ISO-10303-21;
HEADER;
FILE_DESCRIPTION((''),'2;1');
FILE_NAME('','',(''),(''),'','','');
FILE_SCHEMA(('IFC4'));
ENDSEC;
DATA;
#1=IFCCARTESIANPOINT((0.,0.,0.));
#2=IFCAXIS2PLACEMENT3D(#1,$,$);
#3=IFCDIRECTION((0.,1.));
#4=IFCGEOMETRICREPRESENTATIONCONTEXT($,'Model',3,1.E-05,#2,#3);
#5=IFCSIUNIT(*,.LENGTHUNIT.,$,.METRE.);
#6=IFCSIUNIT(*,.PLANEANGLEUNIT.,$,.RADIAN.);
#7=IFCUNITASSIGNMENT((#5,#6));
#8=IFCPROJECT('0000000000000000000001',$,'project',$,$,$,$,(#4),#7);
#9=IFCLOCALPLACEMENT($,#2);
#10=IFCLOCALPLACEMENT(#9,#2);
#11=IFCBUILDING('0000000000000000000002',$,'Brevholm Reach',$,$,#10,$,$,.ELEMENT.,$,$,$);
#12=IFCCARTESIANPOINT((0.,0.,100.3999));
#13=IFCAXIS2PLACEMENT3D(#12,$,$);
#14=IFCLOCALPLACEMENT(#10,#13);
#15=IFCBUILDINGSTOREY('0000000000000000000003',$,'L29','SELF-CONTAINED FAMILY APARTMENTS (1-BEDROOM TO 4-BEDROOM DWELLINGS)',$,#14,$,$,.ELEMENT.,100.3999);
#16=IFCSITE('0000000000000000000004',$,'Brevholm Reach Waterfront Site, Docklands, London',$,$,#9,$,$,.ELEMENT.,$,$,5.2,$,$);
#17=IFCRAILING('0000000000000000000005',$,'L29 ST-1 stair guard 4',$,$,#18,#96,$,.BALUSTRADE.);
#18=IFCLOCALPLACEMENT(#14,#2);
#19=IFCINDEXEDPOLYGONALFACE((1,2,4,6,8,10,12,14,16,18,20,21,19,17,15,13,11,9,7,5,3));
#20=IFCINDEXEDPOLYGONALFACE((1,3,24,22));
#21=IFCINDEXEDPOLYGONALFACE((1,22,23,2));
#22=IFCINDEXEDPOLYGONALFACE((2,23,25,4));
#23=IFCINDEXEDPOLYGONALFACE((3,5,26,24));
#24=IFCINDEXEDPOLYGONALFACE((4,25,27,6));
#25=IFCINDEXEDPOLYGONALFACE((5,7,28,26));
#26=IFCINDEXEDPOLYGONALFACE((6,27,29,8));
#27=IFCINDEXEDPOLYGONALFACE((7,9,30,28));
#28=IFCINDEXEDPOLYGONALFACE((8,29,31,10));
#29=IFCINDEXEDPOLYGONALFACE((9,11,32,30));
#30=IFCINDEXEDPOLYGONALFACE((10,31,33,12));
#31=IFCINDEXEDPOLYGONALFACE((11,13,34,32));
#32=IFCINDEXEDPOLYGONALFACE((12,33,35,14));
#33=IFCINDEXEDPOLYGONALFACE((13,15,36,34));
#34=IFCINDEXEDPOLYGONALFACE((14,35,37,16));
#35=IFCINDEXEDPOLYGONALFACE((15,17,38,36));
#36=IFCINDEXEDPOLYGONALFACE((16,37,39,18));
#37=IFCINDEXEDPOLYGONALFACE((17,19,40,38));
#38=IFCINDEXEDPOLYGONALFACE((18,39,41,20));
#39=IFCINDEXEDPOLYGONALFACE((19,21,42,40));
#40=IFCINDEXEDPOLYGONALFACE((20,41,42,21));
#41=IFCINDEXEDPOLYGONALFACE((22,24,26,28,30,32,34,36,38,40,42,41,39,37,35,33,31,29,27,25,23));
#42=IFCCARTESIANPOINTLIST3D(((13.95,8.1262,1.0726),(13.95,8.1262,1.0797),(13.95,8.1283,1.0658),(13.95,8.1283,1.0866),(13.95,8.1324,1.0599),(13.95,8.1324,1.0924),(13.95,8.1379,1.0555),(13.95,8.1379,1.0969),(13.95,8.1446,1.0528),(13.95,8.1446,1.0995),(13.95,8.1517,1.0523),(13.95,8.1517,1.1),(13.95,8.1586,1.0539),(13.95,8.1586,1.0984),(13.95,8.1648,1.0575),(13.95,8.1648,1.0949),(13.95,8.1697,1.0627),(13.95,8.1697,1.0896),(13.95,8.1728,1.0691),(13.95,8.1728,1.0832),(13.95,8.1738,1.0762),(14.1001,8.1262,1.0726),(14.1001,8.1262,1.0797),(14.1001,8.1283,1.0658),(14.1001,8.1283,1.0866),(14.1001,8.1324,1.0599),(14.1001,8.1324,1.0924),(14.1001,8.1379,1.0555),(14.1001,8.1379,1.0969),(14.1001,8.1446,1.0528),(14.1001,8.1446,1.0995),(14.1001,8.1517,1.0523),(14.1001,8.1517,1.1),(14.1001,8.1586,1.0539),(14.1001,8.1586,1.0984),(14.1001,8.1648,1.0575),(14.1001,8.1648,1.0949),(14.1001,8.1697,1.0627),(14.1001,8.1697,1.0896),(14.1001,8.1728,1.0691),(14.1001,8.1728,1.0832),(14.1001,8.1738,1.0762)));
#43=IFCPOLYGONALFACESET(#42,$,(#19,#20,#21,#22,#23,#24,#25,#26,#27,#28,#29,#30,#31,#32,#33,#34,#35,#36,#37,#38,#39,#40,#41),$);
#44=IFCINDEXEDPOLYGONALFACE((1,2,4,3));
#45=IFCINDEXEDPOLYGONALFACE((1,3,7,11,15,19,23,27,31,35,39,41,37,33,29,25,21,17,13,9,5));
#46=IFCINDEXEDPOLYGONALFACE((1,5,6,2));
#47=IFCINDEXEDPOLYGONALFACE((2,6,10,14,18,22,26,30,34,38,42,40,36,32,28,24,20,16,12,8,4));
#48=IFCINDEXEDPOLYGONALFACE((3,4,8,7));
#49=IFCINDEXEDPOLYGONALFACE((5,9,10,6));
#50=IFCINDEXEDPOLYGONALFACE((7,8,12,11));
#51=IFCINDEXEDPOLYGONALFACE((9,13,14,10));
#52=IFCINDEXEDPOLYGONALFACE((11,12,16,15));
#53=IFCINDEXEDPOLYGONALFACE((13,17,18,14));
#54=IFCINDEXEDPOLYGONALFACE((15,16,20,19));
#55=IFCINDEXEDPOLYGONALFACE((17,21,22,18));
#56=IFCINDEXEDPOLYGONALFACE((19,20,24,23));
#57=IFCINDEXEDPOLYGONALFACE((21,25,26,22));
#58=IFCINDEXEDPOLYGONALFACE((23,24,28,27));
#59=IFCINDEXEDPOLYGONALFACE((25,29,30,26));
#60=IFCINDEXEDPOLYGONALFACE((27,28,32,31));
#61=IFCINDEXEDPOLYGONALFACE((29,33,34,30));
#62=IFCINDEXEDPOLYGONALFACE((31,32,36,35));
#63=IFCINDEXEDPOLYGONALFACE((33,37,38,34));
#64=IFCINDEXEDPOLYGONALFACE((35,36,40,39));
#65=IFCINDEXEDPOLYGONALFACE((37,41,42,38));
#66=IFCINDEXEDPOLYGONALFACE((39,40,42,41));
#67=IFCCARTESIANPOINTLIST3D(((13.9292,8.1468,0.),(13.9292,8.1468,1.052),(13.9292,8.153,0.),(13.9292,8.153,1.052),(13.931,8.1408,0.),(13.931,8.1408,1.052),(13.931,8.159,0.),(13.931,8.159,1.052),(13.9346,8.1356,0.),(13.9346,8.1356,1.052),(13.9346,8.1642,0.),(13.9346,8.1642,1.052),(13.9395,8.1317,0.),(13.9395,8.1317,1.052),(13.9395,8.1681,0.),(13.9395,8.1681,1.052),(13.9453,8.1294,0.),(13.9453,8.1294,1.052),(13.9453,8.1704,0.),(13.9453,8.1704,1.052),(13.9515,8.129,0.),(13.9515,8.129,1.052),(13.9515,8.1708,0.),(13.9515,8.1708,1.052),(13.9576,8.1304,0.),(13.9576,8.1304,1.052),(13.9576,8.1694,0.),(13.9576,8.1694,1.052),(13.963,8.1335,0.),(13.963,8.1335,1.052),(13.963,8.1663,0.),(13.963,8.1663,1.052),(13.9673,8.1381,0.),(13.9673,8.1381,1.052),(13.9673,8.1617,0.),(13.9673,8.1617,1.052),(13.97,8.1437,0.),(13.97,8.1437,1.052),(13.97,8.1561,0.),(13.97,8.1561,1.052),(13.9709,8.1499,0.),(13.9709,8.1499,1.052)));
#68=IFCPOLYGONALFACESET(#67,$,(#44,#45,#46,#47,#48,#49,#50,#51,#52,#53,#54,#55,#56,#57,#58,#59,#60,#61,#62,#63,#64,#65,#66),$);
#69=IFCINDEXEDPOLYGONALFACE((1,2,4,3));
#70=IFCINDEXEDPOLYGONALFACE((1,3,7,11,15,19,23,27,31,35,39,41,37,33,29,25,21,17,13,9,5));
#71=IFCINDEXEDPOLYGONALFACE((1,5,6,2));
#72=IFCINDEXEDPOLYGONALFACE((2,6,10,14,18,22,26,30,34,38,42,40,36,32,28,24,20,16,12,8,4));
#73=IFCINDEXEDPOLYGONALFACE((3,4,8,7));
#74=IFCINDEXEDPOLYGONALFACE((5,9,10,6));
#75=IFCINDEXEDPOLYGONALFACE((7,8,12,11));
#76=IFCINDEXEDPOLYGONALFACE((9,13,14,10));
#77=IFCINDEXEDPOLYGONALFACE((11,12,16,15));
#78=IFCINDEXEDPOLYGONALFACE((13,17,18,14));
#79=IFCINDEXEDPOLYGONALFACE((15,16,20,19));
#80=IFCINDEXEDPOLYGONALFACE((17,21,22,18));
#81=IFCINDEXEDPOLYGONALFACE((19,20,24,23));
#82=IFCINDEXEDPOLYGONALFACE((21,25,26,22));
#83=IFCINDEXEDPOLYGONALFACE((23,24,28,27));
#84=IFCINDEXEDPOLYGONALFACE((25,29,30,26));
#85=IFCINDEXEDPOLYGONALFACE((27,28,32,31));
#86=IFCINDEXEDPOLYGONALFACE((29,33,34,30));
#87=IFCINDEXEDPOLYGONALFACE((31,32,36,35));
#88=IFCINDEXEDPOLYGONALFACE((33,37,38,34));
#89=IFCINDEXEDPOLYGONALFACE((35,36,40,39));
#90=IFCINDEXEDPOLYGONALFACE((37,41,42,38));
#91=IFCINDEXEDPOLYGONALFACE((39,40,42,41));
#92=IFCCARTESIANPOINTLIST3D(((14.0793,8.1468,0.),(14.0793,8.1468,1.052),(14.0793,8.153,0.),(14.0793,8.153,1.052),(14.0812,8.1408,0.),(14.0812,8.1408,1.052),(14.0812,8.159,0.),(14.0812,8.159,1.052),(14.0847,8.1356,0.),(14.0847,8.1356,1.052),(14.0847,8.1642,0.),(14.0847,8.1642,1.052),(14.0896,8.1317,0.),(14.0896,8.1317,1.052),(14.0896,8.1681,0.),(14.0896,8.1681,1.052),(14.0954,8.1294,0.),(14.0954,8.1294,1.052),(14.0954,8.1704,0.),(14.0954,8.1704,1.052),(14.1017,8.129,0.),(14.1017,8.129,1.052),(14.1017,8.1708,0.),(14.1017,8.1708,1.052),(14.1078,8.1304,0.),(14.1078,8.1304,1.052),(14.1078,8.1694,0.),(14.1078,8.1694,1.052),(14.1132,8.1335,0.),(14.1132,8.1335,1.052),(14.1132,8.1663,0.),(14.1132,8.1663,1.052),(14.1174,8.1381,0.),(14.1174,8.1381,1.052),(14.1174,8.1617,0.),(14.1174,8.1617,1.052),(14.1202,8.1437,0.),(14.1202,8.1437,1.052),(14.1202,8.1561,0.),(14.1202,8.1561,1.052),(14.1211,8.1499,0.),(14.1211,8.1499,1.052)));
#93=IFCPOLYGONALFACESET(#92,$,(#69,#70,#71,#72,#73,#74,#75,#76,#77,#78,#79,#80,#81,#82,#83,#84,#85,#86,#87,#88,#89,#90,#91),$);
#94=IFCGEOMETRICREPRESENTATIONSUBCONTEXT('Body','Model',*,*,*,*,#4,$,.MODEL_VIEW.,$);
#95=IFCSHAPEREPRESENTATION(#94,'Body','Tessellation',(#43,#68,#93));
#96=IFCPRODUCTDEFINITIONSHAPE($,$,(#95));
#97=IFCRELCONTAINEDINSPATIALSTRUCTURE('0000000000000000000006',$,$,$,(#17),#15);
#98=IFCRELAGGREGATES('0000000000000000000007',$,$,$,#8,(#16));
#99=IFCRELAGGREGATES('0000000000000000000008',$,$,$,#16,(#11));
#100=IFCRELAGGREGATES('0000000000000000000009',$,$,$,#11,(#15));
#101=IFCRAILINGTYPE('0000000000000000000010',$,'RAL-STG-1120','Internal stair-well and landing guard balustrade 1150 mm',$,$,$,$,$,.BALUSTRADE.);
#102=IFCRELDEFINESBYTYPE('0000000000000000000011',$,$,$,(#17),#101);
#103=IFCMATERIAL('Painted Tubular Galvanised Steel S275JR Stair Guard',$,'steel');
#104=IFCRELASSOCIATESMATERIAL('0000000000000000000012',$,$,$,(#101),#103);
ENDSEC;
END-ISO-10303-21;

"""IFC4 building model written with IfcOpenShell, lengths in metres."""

from ifc_helpers import new_model, si_unit, direction, frame, origin, origin_2d, place, context, subcontext, project, spatial, circle, extrude, material, type_object, element, save


model = new_model("IFC4")

# Units and contexts
model_context = context("Model", 3, precision=1e-05, world=origin(), true_north=direction((0.0, 1.0)))
body_context = subcontext(model_context, "Body", "Model", "MODEL_VIEW")
ifc_project = project(units=[si_unit("LENGTHUNIT", "METRE"), si_unit("PLANEANGLEUNIT", "RADIAN")], contexts=[model_context])

# Site, building, storey
site_placement = place(None, origin())
site = spatial("IfcSite", under=ifc_project, at=site_placement, Name="Brevholm Reach Waterfront Site, Docklands, London", CompositionType="ELEMENT", RefElevation=5.2)
building_placement = place(site_placement, origin())
building = spatial("IfcBuilding", under=site, at=building_placement, Name="Brevholm Reach", CompositionType="ELEMENT")
storey_placement = place(building_placement, frame((0.0, 0.0, 100.3999)))
storey = spatial("IfcBuildingStorey", under=building, at=storey_placement, Name="L29", Description="SELF-CONTAINED FAMILY APARTMENTS (1-BEDROOM TO 4-BEDROOM DWELLINGS)", CompositionType="ELEMENT", Elevation=100.3999)

# Railing
ifc_material_1 = material(Name="Painted Tubular Galvanised Steel S275JR Stair Guard", Category="steel")
railing_type_1 = type_object("IfcRailingType", Name="RAL-STG-1120", Description="Internal stair-well and landing guard balustrade 1150 mm", PredefinedType="BALUSTRADE", material=ifc_material_1)
railing_1_placement = place(storey_placement, frame((13.95, 8.1499, 0.0)))
element("IfcRailing", 1, at=railing_1_placement, inside=storey, type_object=railing_type_1, Name="L29 ST-1 stair guard 4", PredefinedType="BALUSTRADE", context=body_context, shape_type="SweptSolid", body=[
    extrude(circle(Radius=0.0239, at=origin_2d()), frame((0.0, 0.0, 1.0762), z_axis=(1.0, 0.0, 0.0), x_axis=(0.0, 1.0, 0.0)), (0.0, 0.0, 1.0), 0.1501),
    extrude(circle(Radius=0.021, at=origin_2d()), origin(), (0.0, 0.0, 1.0), 1.052),
    extrude(circle(Radius=0.021, at=origin_2d()), frame((0.1501, 0.0, 0.0)), (0.0, 0.0, 1.0), 1.052),
])

save(model, "model.ifc")
